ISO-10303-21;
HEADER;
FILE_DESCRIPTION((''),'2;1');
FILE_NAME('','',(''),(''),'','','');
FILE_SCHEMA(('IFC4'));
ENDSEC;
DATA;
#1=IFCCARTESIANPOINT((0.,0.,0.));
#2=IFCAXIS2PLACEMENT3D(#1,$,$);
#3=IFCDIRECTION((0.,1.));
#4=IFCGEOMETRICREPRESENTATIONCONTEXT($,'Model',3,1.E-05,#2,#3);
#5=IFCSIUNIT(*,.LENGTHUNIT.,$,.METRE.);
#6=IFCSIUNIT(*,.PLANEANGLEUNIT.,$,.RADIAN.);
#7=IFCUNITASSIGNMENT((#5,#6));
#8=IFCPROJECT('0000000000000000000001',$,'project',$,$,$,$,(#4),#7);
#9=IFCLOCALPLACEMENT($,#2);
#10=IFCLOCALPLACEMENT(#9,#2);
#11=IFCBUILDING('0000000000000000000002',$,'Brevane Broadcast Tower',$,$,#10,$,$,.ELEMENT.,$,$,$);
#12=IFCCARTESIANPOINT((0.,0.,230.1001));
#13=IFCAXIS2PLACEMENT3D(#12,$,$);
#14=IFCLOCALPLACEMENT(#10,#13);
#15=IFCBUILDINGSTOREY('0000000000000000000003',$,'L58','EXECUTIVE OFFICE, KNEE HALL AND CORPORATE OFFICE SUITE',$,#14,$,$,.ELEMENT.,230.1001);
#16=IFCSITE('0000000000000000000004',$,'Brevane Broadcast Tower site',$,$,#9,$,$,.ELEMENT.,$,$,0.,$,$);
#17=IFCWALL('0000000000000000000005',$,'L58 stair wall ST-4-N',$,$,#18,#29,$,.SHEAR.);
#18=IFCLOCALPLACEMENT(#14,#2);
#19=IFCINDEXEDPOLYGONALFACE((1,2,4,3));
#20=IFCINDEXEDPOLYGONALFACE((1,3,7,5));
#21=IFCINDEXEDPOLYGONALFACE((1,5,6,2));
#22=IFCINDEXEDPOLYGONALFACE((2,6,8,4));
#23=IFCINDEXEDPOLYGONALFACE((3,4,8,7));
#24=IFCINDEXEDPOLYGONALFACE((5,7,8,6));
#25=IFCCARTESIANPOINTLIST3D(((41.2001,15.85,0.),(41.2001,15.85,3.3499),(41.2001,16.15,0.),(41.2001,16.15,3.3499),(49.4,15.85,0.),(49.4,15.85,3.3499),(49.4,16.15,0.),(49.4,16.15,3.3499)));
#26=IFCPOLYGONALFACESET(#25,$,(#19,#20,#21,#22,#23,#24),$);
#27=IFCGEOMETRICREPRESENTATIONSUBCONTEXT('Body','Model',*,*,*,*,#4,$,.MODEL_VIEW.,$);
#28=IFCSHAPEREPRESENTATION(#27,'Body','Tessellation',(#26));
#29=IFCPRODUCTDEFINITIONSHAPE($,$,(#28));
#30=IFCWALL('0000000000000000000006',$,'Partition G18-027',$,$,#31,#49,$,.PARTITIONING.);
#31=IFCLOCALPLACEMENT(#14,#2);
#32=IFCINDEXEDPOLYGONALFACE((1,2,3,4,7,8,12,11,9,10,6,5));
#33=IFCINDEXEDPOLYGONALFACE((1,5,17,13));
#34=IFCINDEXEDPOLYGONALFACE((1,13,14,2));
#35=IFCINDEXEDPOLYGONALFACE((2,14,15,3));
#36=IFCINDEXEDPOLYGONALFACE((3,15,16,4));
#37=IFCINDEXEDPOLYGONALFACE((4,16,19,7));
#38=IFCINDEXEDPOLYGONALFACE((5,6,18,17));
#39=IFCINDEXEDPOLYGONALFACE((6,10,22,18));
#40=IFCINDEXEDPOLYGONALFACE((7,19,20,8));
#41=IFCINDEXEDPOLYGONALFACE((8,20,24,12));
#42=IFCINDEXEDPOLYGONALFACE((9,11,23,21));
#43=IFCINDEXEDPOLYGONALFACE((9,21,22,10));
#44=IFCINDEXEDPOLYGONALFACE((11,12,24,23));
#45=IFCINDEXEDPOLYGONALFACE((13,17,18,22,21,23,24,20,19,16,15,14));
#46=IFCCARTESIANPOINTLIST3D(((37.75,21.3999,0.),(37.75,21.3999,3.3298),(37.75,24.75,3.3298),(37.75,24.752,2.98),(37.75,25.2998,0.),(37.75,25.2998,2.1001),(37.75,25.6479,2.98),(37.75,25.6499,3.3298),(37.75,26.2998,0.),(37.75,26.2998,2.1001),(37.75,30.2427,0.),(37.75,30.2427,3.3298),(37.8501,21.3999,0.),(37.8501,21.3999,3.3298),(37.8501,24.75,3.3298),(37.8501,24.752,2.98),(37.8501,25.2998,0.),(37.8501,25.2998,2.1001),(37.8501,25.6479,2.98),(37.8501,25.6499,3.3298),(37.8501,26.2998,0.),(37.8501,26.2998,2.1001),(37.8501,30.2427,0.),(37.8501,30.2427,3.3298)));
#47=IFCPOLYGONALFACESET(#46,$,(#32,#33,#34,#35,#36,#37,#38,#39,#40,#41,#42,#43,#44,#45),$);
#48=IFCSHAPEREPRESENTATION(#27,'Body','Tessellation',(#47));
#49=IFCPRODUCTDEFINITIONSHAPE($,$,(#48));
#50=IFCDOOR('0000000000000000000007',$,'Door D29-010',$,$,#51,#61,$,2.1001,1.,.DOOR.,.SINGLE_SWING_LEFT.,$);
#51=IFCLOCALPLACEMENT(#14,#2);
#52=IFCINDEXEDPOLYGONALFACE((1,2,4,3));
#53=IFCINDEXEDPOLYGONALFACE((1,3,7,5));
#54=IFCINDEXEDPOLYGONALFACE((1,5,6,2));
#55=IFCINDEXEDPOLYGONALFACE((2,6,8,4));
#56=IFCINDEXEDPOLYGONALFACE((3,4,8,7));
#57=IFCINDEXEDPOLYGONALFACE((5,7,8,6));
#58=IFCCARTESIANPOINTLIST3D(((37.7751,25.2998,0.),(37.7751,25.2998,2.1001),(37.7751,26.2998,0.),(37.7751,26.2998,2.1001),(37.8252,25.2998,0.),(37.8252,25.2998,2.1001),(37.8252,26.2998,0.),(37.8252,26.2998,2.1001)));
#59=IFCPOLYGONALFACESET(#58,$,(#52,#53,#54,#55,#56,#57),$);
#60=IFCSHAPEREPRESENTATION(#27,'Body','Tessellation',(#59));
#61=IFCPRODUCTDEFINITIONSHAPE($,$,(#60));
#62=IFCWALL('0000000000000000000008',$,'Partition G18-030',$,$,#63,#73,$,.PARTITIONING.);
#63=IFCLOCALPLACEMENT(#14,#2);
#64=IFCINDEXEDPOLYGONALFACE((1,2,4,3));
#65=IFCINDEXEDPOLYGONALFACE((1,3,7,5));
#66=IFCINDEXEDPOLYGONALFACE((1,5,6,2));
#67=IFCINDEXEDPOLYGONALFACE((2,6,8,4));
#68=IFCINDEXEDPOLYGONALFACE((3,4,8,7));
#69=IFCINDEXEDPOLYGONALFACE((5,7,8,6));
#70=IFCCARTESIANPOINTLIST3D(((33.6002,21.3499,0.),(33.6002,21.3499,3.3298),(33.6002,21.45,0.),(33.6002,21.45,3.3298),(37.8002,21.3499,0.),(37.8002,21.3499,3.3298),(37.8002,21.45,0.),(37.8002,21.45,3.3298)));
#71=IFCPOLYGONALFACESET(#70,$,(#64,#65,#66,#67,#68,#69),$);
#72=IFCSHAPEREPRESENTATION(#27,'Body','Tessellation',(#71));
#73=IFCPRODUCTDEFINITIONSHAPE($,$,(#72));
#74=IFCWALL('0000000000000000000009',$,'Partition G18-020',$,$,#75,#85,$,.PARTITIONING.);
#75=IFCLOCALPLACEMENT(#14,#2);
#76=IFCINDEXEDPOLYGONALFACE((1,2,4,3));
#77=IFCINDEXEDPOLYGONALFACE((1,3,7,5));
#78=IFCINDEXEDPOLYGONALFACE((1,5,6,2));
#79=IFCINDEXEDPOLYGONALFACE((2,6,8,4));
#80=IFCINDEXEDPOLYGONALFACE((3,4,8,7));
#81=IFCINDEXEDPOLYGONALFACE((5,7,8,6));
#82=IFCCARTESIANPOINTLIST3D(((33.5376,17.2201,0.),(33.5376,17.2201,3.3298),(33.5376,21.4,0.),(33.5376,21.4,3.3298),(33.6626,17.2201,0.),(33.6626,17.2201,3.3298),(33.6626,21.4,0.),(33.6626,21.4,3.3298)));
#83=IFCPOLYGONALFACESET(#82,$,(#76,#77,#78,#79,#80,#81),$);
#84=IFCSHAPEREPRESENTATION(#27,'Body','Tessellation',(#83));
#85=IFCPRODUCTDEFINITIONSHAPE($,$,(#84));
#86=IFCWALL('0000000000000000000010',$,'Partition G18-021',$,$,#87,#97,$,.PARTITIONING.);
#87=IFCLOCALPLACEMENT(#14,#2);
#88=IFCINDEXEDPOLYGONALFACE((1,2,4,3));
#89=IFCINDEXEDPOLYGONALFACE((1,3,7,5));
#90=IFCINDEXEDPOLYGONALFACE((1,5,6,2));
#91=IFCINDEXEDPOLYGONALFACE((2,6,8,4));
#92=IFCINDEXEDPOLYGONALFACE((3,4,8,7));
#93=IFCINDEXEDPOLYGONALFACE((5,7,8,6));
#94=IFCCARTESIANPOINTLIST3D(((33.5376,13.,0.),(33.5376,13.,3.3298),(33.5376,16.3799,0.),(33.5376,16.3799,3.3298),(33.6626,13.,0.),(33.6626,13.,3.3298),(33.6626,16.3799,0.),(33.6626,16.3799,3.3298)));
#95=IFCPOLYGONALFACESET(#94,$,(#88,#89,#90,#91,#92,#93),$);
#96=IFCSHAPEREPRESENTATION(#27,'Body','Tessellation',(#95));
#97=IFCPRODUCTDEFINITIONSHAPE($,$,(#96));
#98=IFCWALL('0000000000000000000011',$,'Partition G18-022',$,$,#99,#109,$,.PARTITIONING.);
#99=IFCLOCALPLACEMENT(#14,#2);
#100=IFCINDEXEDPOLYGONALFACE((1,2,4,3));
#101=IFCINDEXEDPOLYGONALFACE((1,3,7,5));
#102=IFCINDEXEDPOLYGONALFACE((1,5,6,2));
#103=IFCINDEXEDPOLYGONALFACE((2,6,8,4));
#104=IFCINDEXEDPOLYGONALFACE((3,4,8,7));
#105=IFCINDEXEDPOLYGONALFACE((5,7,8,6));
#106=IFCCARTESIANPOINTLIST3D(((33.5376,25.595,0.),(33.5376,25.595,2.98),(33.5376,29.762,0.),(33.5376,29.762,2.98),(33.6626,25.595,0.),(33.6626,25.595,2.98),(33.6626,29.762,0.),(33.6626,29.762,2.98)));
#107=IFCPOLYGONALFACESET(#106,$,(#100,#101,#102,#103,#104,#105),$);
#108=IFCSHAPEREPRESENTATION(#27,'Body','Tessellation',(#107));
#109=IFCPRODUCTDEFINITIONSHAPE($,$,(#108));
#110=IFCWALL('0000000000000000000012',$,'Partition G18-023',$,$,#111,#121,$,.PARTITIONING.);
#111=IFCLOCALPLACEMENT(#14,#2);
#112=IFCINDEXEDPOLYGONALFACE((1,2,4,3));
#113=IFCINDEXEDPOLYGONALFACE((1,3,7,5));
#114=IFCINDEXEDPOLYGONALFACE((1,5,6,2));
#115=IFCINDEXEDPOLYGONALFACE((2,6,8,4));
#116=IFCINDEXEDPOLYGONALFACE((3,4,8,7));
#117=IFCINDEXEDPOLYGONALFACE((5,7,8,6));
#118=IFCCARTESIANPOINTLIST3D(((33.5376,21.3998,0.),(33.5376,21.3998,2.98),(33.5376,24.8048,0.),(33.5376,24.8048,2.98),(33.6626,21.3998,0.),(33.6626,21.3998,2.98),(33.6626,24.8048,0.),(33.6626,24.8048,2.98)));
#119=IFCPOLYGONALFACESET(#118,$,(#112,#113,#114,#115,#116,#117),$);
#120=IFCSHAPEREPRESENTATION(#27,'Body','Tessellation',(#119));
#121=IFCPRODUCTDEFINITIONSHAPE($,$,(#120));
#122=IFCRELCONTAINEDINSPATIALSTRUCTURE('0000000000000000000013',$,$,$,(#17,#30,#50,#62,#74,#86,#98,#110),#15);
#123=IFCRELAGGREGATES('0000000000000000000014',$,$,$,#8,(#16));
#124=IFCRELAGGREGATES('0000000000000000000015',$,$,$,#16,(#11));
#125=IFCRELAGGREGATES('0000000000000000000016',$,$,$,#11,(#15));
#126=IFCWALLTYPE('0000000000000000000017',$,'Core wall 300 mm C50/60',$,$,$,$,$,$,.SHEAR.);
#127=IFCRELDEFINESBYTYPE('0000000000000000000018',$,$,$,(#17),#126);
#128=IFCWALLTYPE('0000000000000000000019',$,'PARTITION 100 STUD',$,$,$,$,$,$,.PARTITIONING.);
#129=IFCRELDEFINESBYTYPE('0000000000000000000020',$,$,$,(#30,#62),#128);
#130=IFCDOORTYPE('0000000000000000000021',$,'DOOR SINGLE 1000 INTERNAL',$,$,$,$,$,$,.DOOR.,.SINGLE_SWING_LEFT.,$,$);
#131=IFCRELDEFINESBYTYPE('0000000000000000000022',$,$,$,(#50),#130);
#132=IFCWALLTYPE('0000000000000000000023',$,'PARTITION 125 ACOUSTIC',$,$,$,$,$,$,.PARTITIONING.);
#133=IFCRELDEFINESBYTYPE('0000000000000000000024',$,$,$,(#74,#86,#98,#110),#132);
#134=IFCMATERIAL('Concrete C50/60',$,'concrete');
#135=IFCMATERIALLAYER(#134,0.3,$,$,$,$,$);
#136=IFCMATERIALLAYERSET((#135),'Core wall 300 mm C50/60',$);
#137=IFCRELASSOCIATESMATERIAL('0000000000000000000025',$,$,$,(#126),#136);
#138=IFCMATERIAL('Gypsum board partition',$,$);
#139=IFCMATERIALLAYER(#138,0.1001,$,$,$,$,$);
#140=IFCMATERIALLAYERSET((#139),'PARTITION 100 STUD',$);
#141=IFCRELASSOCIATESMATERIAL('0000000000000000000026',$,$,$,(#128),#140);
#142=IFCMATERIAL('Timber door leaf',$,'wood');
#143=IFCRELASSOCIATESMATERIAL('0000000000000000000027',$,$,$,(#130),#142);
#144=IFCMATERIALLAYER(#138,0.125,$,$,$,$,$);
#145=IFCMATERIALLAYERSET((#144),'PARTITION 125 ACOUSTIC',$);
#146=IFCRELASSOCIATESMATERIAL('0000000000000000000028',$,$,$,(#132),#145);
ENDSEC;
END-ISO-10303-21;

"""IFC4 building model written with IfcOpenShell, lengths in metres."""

from ifc_helpers import new_model, si_unit, direction, frame, frame_2d, origin, place, context, subcontext, project, spatial, polyline, rectangle, outline, extrude, material, layer, layer_set, type_object, element, fill, save


model = new_model("IFC4")

# Units and contexts
model_context = context("Model", 3, precision=1e-05, world=origin(), true_north=direction((0.0, 1.0)))
body_context = subcontext(model_context, "Body", "Model", "MODEL_VIEW")
ifc_project = project(units=[si_unit("LENGTHUNIT", "METRE"), si_unit("PLANEANGLEUNIT", "RADIAN")], contexts=[model_context])

# Site, building, storey
site_placement = place(None, origin())
site = spatial("IfcSite", under=ifc_project, at=site_placement, Name="Brevane Broadcast Tower site", CompositionType="ELEMENT", RefElevation=0.0)
building_placement = place(site_placement, origin())
building = spatial("IfcBuilding", under=site, at=building_placement, Name="Brevane Broadcast Tower", CompositionType="ELEMENT")
storey_placement = place(building_placement, frame((0.0, 0.0, 230.1001)))
storey = spatial("IfcBuildingStorey", under=building, at=storey_placement, Name="L58", Description="EXECUTIVE OFFICE, KNEE HALL AND CORPORATE OFFICE SUITE", CompositionType="ELEMENT", Elevation=230.1001)

# Shared definitions
ifc_material_1 = material(Name="Concrete C50/60", Category="concrete")

# Wall
ifc_layer_1 = layer(ifc_material_1, 0.3)
ifc_layer_set_1 = layer_set([ifc_layer_1], Name="Core wall 300 mm C50/60")
wall_type_1 = type_object("IfcWallType", Name="Core wall 300 mm C50/60", PredefinedType="SHEAR", material=ifc_layer_set_1)
wall_1_placement = place(storey_placement, frame((41.2, 16.0, 0.0), z_axis=(0.0, 0.0, 1.0), x_axis=(1.0, 0.0, 0.0)))
element("IfcWall", 1, at=wall_1_placement, inside=storey, type_object=wall_type_1, Name="L58 stair wall ST-4-N", PredefinedType="SHEAR", context=body_context, shape_type="SweptSolid", body=[
    extrude(rectangle(XDim=8.2, YDim=0.3, at=frame_2d((4.1001, 0.0))), origin(), (0.0, 0.0, 1.0), 3.3499),
])

# Wall, opening, door
ifc_material_2 = material(Name="Gypsum board partition")
ifc_layer_2 = layer(ifc_material_2, 0.1001)
ifc_layer_set_2 = layer_set([ifc_layer_2], Name="PARTITION 100 STUD")
wall_type_2 = type_object("IfcWallType", Name="PARTITION 100 STUD", PredefinedType="PARTITIONING", material=ifc_layer_set_2)
wall_2_placement = place(storey_placement, frame((37.8, 21.3999, 0.0), z_axis=(0.0, 0.0, 1.0), x_axis=(0.0, 1.0, 0.0)))
wall_2 = element("IfcWall", 2, at=wall_2_placement, inside=storey, type_object=wall_type_2, Name="Partition G18-027", PredefinedType="PARTITIONING", context=body_context, shape_type="SweptSolid", body=[
    extrude(outline(polyline([(0.0, 0.0), (8.8428, 0.0), (8.8428, 3.3298), (4.25, 3.3298), (4.248, 2.98), (3.3521, 2.98), (3.3501, 3.3298), (0.0, 3.3298), (0.0, 0.0)])), frame((0.0, 0.05, 0.0), z_axis=(0.0, -1.0, 0.0), x_axis=(1.0, 0.0, 0.0)), (0.0, 0.0, 1.0), 0.1001),
])
opening_placement = place(wall_2_placement, frame((3.8999, 0.0, 0.0)))
opening = element("IfcOpeningElement", 3, at=opening_placement, cuts=wall_2, PredefinedType="OPENING", context=body_context, shape_type="SweptSolid", body=[
    extrude(rectangle(XDim=1.0, YDim=2.1001, at=frame_2d((0.5, 1.05))), frame((0.0, 0.0601, 0.0), z_axis=(0.0, -1.0, 0.0), x_axis=(1.0, 0.0, 0.0)), (0.0, 0.0, 1.0), 0.1201),
])
ifc_material_3 = material(Name="Timber door leaf", Category="wood")
door_type = type_object("IfcDoorType", Name="DOOR SINGLE 1000 INTERNAL", OperationType="SINGLE_SWING_LEFT", PredefinedType="DOOR", material=ifc_material_3)
door_placement = place(opening_placement, origin())
door = element("IfcDoor", 4, at=door_placement, inside=storey, type_object=door_type, Name="Door D29-010", OperationType="SINGLE_SWING_LEFT", OverallHeight=2.1001, OverallWidth=1.0, PredefinedType="DOOR", context=body_context, shape_type="SweptSolid", body=[
    extrude(rectangle(XDim=1.0, YDim=2.1001, at=frame_2d((0.5, 1.05))), frame((0.0, 0.0249, 0.0), z_axis=(0.0, -1.0, 0.0), x_axis=(1.0, 0.0, 0.0)), (0.0, 0.0, 1.0), 0.05),
])
fill(opening, door)

# Walls
wall_3_placement = place(storey_placement, frame((33.6001, 21.3999, 0.0), z_axis=(0.0, 0.0, 1.0), x_axis=(1.0, 0.0, 0.0)))
element("IfcWall", 5, at=wall_3_placement, inside=storey, type_object=wall_type_2, Name="Partition G18-030", PredefinedType="PARTITIONING", context=body_context, shape_type="SweptSolid", body=[
    extrude(rectangle(XDim=4.2, YDim=0.1001, at=frame_2d((2.1001, 0.0))), origin(), (0.0, 0.0, 1.0), 3.3298),
])
ifc_layer_3 = layer(ifc_material_2, 0.125)
ifc_layer_set_3 = layer_set([ifc_layer_3], Name="PARTITION 125 ACOUSTIC")
wall_type_3 = type_object("IfcWallType", Name="PARTITION 125 ACOUSTIC", PredefinedType="PARTITIONING", material=ifc_layer_set_3)
wall_4_placement = place(storey_placement, frame((33.6001, 21.3999, 0.0), z_axis=(0.0, 0.0, 1.0), x_axis=(0.0, -1.0, 0.0)))
element("IfcWall", 6, at=wall_4_placement, inside=storey, type_object=wall_type_3, Name="Partition G18-020", PredefinedType="PARTITIONING", context=body_context, shape_type="SweptSolid", body=[
    extrude(rectangle(XDim=4.1799, YDim=0.125, at=frame_2d((2.0898, 0.0))), origin(), (0.0, 0.0, 1.0), 3.3298),
])
wall_5_placement = place(storey_placement, frame((33.6001, 16.3799, 0.0), z_axis=(0.0, 0.0, 1.0), x_axis=(0.0, -1.0, 0.0)))
element("IfcWall", 7, at=wall_5_placement, inside=storey, type_object=wall_type_3, Name="Partition G18-021", PredefinedType="PARTITIONING", context=body_context, shape_type="SweptSolid", body=[
    extrude(rectangle(XDim=3.3799, YDim=0.125, at=frame_2d((1.6899, 0.0))), origin(), (0.0, 0.0, 1.0), 3.3298),
])
wall_6_placement = place(storey_placement, frame((33.6001, 29.762, 0.0), z_axis=(0.0, 0.0, 1.0), x_axis=(0.0, -1.0, 0.0)))
element("IfcWall", 8, at=wall_6_placement, inside=storey, type_object=wall_type_3, Name="Partition G18-022", PredefinedType="PARTITIONING", context=body_context, shape_type="SweptSolid", body=[
    extrude(rectangle(XDim=4.167, YDim=0.125, at=frame_2d((2.0835, 0.0))), origin(), (0.0, 0.0, 1.0), 2.98),
])
wall_7_placement = place(storey_placement, frame((33.6001, 24.8049, 0.0), z_axis=(0.0, 0.0, 1.0), x_axis=(0.0, -1.0, 0.0)))
element("IfcWall", 9, at=wall_7_placement, inside=storey, type_object=wall_type_3, Name="Partition G18-023", PredefinedType="PARTITIONING", context=body_context, shape_type="SweptSolid", body=[
    extrude(rectangle(XDim=3.405, YDim=0.125, at=frame_2d((1.7026, 0.0))), origin(), (0.0, 0.0, 1.0), 2.98),
])

save(model, "model.ifc")
